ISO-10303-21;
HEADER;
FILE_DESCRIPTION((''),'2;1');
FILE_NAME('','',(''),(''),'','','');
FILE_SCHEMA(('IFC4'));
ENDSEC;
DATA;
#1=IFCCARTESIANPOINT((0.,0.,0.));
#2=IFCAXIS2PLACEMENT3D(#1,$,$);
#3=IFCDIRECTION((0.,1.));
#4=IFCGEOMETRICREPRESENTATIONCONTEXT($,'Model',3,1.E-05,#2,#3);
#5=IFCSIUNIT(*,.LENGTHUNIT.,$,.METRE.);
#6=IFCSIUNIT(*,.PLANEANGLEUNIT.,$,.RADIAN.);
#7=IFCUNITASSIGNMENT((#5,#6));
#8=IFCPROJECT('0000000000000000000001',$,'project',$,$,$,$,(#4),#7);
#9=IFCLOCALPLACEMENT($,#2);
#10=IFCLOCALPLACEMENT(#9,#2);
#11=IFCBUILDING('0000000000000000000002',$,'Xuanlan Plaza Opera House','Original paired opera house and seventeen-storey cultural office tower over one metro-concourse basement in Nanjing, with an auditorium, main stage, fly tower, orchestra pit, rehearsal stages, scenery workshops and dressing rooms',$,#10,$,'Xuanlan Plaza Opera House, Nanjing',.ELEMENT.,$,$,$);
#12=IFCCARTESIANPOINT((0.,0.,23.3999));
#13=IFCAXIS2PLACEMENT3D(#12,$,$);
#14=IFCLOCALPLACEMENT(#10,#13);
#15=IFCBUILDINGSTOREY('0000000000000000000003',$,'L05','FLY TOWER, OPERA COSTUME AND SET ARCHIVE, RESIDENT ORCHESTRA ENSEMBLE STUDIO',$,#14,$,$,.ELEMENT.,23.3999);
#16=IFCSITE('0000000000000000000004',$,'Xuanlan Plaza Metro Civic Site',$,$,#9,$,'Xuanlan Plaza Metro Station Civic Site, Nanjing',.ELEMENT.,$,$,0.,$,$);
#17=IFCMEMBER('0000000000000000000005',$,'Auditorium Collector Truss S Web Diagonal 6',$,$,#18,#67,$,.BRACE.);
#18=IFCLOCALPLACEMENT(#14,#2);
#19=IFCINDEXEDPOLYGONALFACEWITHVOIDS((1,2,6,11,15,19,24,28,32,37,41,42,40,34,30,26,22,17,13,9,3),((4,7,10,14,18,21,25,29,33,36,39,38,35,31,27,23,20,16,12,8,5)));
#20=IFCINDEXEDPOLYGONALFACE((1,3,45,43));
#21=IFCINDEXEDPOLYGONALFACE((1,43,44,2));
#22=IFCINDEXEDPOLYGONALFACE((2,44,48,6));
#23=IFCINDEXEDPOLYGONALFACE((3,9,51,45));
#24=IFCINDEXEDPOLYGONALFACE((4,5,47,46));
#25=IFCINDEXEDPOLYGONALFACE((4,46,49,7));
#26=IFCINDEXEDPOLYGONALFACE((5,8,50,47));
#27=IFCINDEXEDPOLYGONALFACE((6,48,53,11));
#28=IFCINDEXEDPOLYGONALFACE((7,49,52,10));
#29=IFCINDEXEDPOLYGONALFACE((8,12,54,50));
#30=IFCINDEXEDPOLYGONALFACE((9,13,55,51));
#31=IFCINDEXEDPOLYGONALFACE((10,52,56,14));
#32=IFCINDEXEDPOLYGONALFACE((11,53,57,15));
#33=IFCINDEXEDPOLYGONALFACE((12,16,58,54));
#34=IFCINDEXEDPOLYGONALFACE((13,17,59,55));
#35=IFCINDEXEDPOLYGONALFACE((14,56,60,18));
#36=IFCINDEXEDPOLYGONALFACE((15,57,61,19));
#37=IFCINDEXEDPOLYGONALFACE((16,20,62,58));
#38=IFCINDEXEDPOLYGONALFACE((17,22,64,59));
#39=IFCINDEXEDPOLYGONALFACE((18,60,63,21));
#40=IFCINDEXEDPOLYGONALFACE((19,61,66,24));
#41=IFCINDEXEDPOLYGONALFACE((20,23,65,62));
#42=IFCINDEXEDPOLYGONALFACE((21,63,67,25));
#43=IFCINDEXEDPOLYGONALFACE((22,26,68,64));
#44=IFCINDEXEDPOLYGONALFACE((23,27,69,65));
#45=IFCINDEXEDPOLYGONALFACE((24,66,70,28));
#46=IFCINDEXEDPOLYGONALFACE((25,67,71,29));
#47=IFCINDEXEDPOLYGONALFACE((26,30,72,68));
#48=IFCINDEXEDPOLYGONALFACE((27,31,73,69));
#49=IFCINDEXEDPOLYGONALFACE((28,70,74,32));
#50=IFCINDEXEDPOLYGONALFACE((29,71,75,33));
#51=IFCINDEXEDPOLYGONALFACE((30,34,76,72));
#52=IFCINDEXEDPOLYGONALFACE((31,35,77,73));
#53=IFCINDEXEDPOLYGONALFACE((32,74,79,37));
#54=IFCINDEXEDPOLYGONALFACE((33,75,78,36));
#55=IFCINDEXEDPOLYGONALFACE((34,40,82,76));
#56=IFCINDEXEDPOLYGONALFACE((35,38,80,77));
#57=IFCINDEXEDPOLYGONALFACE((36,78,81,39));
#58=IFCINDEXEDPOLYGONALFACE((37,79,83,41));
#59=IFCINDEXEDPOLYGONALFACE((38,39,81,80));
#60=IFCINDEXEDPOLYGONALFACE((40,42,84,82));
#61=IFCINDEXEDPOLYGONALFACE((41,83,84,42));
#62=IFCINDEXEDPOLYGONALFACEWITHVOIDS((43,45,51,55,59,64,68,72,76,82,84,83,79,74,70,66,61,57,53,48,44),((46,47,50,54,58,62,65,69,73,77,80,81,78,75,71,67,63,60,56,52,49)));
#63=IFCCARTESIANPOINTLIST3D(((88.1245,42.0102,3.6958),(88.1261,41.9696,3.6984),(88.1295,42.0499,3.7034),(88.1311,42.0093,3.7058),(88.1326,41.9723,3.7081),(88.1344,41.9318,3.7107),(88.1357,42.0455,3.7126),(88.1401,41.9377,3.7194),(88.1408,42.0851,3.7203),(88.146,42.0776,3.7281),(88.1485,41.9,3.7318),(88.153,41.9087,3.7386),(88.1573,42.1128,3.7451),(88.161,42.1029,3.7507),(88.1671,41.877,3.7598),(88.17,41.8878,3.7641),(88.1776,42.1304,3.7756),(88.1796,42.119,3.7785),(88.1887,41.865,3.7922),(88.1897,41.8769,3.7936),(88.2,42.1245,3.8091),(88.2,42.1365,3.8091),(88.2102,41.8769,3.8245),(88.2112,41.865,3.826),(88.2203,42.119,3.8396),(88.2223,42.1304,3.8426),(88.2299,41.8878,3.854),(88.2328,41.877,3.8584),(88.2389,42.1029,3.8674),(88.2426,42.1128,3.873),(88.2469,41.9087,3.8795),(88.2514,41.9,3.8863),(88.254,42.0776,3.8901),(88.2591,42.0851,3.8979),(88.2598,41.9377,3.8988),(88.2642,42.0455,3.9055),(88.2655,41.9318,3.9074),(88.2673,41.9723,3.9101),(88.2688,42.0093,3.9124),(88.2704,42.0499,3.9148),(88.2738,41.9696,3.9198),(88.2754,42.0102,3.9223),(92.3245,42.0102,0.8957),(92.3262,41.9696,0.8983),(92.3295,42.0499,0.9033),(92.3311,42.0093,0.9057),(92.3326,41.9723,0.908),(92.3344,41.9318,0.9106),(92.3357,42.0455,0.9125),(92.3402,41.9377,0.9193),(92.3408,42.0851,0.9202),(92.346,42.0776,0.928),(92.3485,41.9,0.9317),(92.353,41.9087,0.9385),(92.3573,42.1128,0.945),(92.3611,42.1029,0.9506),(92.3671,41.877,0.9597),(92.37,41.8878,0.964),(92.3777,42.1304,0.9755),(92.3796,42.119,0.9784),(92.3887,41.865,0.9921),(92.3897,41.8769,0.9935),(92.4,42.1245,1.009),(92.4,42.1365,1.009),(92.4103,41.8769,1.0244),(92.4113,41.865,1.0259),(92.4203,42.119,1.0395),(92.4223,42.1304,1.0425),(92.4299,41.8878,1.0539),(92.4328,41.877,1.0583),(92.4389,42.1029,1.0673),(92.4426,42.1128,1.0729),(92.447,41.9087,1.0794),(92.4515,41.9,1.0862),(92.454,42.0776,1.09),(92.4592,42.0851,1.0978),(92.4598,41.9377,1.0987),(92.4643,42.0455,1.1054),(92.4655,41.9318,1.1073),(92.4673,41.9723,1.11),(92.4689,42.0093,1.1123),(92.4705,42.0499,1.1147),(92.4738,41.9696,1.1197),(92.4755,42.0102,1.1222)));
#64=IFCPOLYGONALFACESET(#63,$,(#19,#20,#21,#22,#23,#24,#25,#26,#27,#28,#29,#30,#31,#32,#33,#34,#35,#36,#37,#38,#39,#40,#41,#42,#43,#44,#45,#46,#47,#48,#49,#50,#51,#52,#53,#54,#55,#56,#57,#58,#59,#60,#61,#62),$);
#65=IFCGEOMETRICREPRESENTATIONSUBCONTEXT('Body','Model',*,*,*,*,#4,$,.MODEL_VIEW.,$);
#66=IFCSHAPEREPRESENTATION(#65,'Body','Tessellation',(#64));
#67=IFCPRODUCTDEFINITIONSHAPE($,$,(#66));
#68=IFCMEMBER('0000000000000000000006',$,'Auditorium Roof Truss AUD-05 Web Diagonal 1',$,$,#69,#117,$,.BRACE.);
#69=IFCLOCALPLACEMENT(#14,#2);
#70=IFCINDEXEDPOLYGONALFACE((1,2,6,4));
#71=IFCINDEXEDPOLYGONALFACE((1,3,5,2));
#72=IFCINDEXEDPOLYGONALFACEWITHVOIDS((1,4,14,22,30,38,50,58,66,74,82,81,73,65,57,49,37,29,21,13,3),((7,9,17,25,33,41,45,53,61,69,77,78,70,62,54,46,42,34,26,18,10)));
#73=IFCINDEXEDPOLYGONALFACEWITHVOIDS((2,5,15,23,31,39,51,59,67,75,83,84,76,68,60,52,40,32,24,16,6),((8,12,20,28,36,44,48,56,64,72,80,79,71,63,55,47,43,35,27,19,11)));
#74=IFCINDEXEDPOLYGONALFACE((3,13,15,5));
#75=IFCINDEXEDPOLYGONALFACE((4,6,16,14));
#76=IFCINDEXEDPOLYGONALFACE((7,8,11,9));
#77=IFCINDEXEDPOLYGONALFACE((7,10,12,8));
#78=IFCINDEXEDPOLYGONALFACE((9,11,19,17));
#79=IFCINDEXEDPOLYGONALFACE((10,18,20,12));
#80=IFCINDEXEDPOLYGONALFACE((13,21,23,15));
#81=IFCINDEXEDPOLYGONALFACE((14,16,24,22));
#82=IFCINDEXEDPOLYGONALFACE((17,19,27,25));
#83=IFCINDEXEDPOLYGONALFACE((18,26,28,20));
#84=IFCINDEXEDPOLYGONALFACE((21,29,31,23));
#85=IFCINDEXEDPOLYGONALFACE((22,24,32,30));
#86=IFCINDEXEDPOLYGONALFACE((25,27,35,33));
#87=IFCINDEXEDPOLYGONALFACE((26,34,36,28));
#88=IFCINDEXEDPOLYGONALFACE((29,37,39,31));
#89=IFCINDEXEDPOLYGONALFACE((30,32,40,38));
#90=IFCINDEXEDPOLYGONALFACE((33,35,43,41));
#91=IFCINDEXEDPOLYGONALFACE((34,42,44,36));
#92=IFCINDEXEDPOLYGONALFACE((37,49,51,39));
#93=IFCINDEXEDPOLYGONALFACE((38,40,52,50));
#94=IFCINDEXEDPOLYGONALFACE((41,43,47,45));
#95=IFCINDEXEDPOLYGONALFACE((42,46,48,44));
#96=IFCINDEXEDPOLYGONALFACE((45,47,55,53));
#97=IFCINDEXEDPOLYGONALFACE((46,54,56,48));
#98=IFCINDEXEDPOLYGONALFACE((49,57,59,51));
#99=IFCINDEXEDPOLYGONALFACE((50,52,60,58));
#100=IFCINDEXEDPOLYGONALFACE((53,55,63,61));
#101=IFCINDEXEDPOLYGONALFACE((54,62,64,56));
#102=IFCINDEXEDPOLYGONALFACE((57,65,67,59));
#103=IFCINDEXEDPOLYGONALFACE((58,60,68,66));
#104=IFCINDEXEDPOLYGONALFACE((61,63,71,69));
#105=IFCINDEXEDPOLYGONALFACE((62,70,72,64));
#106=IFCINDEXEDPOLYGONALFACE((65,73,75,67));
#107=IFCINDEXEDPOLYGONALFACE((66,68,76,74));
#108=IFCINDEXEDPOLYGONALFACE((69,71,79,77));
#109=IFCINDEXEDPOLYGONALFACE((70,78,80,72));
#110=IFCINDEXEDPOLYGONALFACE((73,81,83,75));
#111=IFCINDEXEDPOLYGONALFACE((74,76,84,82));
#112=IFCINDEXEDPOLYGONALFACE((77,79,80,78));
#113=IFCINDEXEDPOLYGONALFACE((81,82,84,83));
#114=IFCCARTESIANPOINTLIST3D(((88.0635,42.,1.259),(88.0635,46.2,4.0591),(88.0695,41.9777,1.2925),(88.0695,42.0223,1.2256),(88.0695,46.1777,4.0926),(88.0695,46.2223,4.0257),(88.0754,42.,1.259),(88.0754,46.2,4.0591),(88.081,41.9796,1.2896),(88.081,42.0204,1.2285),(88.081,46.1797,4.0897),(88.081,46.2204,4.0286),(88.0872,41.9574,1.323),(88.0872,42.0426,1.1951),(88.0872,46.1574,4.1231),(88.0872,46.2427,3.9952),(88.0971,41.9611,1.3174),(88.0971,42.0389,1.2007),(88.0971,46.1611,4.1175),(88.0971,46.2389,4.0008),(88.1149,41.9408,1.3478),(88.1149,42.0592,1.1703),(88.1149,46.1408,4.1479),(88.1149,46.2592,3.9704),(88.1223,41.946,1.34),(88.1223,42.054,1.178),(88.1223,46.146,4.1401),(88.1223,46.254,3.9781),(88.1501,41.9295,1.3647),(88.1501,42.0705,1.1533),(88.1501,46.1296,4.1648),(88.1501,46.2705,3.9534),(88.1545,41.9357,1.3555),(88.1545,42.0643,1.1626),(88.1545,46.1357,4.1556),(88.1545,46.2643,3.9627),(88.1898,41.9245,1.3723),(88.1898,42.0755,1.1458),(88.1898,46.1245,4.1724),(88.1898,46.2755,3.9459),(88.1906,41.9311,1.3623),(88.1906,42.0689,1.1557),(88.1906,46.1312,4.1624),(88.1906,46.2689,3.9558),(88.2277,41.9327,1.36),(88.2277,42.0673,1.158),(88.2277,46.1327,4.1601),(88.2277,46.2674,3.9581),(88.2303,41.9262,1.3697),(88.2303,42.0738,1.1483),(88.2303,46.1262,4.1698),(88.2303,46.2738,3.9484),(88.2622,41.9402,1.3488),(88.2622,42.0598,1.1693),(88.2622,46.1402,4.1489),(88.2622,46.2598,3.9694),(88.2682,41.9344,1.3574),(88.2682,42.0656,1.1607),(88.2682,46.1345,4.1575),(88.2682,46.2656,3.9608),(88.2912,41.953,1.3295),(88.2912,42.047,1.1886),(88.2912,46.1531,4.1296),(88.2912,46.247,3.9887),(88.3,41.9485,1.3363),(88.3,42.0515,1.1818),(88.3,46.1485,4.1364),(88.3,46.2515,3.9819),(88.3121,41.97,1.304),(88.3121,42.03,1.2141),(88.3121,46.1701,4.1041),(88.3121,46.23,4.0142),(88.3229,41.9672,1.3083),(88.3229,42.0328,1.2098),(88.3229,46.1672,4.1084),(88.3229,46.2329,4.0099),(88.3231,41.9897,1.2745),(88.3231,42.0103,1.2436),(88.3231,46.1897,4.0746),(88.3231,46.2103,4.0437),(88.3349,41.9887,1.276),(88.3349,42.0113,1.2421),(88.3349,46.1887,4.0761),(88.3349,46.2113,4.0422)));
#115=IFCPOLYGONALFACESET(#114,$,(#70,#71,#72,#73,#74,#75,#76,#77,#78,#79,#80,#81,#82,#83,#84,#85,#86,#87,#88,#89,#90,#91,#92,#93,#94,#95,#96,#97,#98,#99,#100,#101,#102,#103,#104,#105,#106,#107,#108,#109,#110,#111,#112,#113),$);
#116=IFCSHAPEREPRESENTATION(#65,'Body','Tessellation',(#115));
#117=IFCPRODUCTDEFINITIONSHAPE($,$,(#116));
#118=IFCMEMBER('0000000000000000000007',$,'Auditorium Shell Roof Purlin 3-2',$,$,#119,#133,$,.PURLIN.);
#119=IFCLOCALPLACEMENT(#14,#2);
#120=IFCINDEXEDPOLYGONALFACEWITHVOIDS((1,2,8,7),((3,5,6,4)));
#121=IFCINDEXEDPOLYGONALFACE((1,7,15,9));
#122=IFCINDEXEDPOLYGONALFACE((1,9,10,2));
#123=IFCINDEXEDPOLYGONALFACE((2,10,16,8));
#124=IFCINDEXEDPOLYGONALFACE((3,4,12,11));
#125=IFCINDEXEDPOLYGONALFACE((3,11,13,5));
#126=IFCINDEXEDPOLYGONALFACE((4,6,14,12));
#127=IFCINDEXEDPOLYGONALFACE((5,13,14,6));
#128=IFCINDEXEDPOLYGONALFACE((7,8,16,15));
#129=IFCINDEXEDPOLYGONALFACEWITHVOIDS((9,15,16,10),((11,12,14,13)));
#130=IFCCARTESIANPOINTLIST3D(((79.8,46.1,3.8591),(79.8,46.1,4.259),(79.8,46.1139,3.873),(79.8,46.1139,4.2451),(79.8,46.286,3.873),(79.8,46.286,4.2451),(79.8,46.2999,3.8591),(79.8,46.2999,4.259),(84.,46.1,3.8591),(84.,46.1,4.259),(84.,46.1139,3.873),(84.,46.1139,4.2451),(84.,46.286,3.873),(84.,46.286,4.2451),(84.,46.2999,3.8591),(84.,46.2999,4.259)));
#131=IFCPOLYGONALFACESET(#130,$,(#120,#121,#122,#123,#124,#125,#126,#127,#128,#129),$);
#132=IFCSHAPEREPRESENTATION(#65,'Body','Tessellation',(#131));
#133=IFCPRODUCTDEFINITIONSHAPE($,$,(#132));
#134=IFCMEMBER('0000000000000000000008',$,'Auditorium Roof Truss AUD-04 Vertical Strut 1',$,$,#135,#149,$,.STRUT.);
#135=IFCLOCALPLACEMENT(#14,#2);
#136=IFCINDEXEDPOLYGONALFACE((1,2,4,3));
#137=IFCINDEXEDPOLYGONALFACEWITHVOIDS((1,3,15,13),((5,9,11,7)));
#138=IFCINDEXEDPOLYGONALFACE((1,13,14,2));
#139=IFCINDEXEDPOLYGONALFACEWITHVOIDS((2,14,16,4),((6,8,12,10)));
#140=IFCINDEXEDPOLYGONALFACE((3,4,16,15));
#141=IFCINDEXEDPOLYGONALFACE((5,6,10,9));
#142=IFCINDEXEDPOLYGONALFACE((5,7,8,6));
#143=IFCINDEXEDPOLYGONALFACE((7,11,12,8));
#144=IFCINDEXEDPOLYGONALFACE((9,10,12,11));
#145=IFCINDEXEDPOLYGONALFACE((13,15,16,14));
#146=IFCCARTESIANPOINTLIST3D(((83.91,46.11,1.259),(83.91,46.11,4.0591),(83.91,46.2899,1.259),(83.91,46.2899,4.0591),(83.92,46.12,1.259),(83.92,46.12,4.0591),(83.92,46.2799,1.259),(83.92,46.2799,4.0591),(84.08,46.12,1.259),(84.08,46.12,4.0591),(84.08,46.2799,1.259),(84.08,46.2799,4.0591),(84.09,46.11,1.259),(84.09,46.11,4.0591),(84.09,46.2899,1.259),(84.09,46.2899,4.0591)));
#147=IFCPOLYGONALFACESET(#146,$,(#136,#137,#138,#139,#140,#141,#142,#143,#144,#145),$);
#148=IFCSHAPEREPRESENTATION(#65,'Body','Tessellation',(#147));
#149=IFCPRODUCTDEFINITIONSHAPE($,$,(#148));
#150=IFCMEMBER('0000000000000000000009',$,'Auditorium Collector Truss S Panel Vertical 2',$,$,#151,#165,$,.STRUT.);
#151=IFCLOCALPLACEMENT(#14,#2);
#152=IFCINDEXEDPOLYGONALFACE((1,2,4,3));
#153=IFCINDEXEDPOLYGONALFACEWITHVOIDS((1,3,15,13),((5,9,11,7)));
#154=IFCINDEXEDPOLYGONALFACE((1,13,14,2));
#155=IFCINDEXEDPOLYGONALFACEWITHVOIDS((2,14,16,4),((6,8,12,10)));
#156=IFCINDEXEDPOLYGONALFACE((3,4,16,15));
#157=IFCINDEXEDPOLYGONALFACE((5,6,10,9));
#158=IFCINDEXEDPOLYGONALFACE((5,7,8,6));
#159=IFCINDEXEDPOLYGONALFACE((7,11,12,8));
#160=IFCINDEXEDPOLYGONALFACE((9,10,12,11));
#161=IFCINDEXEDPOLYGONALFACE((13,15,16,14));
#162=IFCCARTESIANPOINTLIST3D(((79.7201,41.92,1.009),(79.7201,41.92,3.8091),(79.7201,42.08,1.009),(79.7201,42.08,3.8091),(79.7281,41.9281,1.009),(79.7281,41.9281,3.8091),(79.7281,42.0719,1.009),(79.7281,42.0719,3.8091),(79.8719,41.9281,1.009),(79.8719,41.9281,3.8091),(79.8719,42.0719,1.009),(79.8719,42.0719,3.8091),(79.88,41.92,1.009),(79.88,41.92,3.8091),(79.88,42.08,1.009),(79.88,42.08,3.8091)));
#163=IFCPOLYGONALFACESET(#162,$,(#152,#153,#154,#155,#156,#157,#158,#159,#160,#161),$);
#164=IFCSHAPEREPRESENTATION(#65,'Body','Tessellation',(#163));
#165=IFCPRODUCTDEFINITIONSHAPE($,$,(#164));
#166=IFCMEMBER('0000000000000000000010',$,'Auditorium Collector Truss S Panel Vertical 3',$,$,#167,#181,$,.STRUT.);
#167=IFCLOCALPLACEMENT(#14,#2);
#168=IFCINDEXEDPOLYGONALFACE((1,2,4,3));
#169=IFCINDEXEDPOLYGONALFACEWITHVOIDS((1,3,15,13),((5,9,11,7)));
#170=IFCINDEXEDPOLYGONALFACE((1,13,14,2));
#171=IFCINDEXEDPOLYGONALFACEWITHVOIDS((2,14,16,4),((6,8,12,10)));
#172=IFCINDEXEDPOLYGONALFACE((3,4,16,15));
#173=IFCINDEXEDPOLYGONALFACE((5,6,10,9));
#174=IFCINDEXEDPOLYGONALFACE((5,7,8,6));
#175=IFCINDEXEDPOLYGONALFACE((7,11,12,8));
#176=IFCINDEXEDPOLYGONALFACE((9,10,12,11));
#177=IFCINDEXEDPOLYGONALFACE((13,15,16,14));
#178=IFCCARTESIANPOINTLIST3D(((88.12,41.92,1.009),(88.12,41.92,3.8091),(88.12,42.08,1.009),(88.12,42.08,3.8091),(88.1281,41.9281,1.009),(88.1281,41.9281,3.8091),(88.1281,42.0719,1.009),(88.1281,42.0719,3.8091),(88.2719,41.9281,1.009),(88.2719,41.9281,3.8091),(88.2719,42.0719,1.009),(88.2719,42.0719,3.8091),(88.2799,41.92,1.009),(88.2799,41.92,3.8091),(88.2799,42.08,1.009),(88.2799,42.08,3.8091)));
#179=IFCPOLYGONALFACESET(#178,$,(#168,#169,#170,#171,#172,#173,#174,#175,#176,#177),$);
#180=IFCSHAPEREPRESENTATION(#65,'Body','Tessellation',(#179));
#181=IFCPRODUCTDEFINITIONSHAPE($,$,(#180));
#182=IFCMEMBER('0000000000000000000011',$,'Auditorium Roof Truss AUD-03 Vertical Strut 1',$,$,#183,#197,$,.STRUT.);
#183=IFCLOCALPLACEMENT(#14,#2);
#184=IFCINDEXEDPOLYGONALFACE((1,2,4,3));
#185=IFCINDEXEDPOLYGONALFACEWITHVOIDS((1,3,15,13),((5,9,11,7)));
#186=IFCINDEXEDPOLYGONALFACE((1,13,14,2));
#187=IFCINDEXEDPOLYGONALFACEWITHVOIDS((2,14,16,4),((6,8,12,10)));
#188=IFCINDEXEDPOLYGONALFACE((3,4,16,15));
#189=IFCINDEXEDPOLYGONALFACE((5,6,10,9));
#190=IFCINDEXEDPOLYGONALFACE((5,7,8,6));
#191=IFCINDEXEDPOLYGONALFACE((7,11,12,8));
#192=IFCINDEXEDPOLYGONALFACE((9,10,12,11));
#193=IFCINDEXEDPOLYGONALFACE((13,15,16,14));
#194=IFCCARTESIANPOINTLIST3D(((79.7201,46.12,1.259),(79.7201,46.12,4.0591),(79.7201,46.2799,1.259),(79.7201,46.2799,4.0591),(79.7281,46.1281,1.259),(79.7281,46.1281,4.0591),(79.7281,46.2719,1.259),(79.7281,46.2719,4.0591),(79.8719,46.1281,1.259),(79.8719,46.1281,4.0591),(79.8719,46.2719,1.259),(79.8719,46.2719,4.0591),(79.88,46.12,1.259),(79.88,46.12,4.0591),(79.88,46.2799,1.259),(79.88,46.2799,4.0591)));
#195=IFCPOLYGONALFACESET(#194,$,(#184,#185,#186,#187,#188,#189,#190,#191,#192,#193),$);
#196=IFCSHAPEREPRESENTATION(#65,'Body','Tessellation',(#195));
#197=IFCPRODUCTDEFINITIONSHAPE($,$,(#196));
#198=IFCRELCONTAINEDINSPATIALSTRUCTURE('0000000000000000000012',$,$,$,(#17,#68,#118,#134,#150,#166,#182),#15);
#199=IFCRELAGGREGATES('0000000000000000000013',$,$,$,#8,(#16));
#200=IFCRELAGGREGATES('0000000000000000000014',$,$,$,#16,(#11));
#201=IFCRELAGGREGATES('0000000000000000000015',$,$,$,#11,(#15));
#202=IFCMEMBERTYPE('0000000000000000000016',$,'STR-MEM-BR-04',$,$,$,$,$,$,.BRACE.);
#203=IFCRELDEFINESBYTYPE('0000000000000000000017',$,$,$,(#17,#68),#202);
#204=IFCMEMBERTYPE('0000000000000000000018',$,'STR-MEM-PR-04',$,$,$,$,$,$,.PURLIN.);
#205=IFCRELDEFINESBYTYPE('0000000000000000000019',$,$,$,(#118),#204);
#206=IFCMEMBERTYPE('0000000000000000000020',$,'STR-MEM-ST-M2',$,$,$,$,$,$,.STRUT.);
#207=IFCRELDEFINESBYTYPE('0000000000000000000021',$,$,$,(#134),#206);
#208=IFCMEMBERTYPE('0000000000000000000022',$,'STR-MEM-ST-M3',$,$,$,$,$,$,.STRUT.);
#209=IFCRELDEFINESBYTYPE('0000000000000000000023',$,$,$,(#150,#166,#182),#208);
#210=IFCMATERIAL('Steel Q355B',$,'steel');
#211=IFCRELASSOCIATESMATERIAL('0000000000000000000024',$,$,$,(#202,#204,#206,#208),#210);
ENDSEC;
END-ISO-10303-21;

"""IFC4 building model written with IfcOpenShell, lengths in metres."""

from ifc_helpers import new_model, si_unit, direction, frame, origin, origin_2d, place, context, subcontext, project, spatial, hollow_rectangle, hollow_circle, extrude, material, material_profile, profile_set, type_object, element, save


model = new_model("IFC4")

# Units and contexts
model_context = context("Model", 3, precision=1e-05, world=origin(), true_north=direction((0.0, 1.0)))
body_context = subcontext(model_context, "Body", "Model", "MODEL_VIEW")
ifc_project = project(units=[si_unit("LENGTHUNIT", "METRE"), si_unit("PLANEANGLEUNIT", "RADIAN")], contexts=[model_context])

# Site, building, storey
site_placement = place(None, origin())
site = spatial("IfcSite", under=ifc_project, at=site_placement, Name="Xuanlan Plaza Metro Civic Site", LongName="Xuanlan Plaza Metro Station Civic Site, Nanjing", CompositionType="ELEMENT", RefElevation=0.0)
building_placement = place(site_placement, origin())
building = spatial("IfcBuilding", under=site, at=building_placement, Name="Xuanlan Plaza Opera House", Description="Original paired opera house and seventeen-storey cultural office tower over one metro-concourse basement in Nanjing, with an auditorium, main stage, fly tower, orchestra pit, rehearsal stages, scenery workshops and dressing rooms", LongName="Xuanlan Plaza Opera House, Nanjing", CompositionType="ELEMENT")
storey_placement = place(building_placement, frame((0.0, 0.0, 23.3999)))
storey = spatial("IfcBuildingStorey", under=building, at=storey_placement, Name="L05", Description="FLY TOWER, OPERA COSTUME AND SET ARCHIVE, RESIDENT ORCHESTRA ENSEMBLE STUDIO", CompositionType="ELEMENT", Elevation=23.3999)

# Shared definitions
ifc_material_1 = material(Name="Steel Q355B", Category="steel")

# Members
ifc_material_profile_1 = material_profile(ifc_material_1, hollow_circle(Radius=0.1365, WallThickness=0.012, at=origin_2d()), Name="CHS 273x12")
ifc_profile_set_1 = profile_set([ifc_material_profile_1], Name="Steel Q355B")
member_type_1 = type_object("IfcMemberType", Name="STR-MEM-BR-04", PredefinedType="BRACE", material=ifc_profile_set_1)
for number, where, z_axis, x_axis, name in (
    (1, (88.2, 42.0, 3.8091), (0.832043, 0.0, -0.554711), (0.0, 1.0, 0.0), "Auditorium Collector Truss S Web Diagonal 6"),
    (2, (88.2, 42.0, 1.259), (0.0, 0.832043, 0.554711), (-1.0, 0.0, 0.0), "Auditorium Roof Truss AUD-05 Web Diagonal 1"),
):
    element("IfcMember", number, at=place(storey_placement, frame(where, z_axis=z_axis, x_axis=x_axis)), inside=storey, type_object=member_type_1, Name=name, PredefinedType="BRACE", context=body_context, shape_type="SweptSolid", body=[
        extrude(hollow_circle(Radius=0.1365, WallThickness=0.012, at=origin_2d()), origin(), (0.0, 0.0, 1.0), 5.0479),
    ])
ifc_material_profile_2 = material_profile(ifc_material_1, hollow_rectangle(XDim=0.2, YDim=0.3999, WallThickness=0.0139, at=origin_2d()), Name="RHS 400x200x14")
ifc_profile_set_2 = profile_set([ifc_material_profile_2], Name="Steel Q355B")
member_type_2 = type_object("IfcMemberType", Name="STR-MEM-PR-04", PredefinedType="PURLIN", material=ifc_profile_set_2)
member_1_placement = place(storey_placement, frame((79.8, 46.2, 4.0591), z_axis=(1.0, 0.0, 0.0), x_axis=(0.0, 1.0, 0.0)))
element("IfcMember", 3, at=member_1_placement, inside=storey, type_object=member_type_2, Name="Auditorium Shell Roof Purlin 3-2", PredefinedType="PURLIN", context=body_context, shape_type="SweptSolid", body=[
    extrude(hollow_rectangle(XDim=0.2, YDim=0.3999, WallThickness=0.0139, at=origin_2d()), origin(), (0.0, 0.0, 1.0), 4.2),
])
ifc_material_profile_3 = material_profile(ifc_material_1, hollow_rectangle(XDim=0.1799, YDim=0.1799, WallThickness=0.01, at=origin_2d()), Name="SHS 180x180x10")
ifc_profile_set_3 = profile_set([ifc_material_profile_3], Name="Steel Q355B")
member_type_3 = type_object("IfcMemberType", Name="STR-MEM-ST-M2", PredefinedType="STRUT", material=ifc_profile_set_3)
member_2_placement = place(storey_placement, frame((84.0, 46.2, 1.259), z_axis=(0.0, 0.0, 1.0), x_axis=(1.0, 0.0, 0.0)))
element("IfcMember", 4, at=member_2_placement, inside=storey, type_object=member_type_3, Name="Auditorium Roof Truss AUD-04 Vertical Strut 1", PredefinedType="STRUT", context=body_context, shape_type="SweptSolid", body=[
    extrude(hollow_rectangle(XDim=0.1799, YDim=0.1799, WallThickness=0.01, at=origin_2d()), origin(), (0.0, 0.0, 1.0), 2.8),
])
ifc_material_profile_4 = material_profile(ifc_material_1, hollow_rectangle(XDim=0.1599, YDim=0.1599, WallThickness=0.0081, at=origin_2d()), Name="SHS 160x160x8")
ifc_profile_set_4 = profile_set([ifc_material_profile_4], Name="Steel Q355B")
member_type_4 = type_object("IfcMemberType", Name="STR-MEM-ST-M3", PredefinedType="STRUT", material=ifc_profile_set_4)
for number, where, z_axis, x_axis, name in (
    (5, (79.8, 42.0, 1.009), (0.0, 0.0, 1.0), (1.0, 0.0, 0.0), "Auditorium Collector Truss S Panel Vertical 2"),
    (6, (88.2, 42.0, 1.009), (0.0, 0.0, 1.0), (1.0, 0.0, 0.0), "Auditorium Collector Truss S Panel Vertical 3"),
    (7, (79.8, 46.2, 1.259), (0.0, 0.0, 1.0), (1.0, 0.0, 0.0), "Auditorium Roof Truss AUD-03 Vertical Strut 1"),
):
    element("IfcMember", number, at=place(storey_placement, frame(where, z_axis=z_axis, x_axis=x_axis)), inside=storey, type_object=member_type_4, Name=name, PredefinedType="STRUT", context=body_context, shape_type="SweptSolid", body=[
        extrude(hollow_rectangle(XDim=0.1599, YDim=0.1599, WallThickness=0.0081, at=origin_2d()), origin(), (0.0, 0.0, 1.0), 2.8),
    ])

save(model, "model.ifc")
